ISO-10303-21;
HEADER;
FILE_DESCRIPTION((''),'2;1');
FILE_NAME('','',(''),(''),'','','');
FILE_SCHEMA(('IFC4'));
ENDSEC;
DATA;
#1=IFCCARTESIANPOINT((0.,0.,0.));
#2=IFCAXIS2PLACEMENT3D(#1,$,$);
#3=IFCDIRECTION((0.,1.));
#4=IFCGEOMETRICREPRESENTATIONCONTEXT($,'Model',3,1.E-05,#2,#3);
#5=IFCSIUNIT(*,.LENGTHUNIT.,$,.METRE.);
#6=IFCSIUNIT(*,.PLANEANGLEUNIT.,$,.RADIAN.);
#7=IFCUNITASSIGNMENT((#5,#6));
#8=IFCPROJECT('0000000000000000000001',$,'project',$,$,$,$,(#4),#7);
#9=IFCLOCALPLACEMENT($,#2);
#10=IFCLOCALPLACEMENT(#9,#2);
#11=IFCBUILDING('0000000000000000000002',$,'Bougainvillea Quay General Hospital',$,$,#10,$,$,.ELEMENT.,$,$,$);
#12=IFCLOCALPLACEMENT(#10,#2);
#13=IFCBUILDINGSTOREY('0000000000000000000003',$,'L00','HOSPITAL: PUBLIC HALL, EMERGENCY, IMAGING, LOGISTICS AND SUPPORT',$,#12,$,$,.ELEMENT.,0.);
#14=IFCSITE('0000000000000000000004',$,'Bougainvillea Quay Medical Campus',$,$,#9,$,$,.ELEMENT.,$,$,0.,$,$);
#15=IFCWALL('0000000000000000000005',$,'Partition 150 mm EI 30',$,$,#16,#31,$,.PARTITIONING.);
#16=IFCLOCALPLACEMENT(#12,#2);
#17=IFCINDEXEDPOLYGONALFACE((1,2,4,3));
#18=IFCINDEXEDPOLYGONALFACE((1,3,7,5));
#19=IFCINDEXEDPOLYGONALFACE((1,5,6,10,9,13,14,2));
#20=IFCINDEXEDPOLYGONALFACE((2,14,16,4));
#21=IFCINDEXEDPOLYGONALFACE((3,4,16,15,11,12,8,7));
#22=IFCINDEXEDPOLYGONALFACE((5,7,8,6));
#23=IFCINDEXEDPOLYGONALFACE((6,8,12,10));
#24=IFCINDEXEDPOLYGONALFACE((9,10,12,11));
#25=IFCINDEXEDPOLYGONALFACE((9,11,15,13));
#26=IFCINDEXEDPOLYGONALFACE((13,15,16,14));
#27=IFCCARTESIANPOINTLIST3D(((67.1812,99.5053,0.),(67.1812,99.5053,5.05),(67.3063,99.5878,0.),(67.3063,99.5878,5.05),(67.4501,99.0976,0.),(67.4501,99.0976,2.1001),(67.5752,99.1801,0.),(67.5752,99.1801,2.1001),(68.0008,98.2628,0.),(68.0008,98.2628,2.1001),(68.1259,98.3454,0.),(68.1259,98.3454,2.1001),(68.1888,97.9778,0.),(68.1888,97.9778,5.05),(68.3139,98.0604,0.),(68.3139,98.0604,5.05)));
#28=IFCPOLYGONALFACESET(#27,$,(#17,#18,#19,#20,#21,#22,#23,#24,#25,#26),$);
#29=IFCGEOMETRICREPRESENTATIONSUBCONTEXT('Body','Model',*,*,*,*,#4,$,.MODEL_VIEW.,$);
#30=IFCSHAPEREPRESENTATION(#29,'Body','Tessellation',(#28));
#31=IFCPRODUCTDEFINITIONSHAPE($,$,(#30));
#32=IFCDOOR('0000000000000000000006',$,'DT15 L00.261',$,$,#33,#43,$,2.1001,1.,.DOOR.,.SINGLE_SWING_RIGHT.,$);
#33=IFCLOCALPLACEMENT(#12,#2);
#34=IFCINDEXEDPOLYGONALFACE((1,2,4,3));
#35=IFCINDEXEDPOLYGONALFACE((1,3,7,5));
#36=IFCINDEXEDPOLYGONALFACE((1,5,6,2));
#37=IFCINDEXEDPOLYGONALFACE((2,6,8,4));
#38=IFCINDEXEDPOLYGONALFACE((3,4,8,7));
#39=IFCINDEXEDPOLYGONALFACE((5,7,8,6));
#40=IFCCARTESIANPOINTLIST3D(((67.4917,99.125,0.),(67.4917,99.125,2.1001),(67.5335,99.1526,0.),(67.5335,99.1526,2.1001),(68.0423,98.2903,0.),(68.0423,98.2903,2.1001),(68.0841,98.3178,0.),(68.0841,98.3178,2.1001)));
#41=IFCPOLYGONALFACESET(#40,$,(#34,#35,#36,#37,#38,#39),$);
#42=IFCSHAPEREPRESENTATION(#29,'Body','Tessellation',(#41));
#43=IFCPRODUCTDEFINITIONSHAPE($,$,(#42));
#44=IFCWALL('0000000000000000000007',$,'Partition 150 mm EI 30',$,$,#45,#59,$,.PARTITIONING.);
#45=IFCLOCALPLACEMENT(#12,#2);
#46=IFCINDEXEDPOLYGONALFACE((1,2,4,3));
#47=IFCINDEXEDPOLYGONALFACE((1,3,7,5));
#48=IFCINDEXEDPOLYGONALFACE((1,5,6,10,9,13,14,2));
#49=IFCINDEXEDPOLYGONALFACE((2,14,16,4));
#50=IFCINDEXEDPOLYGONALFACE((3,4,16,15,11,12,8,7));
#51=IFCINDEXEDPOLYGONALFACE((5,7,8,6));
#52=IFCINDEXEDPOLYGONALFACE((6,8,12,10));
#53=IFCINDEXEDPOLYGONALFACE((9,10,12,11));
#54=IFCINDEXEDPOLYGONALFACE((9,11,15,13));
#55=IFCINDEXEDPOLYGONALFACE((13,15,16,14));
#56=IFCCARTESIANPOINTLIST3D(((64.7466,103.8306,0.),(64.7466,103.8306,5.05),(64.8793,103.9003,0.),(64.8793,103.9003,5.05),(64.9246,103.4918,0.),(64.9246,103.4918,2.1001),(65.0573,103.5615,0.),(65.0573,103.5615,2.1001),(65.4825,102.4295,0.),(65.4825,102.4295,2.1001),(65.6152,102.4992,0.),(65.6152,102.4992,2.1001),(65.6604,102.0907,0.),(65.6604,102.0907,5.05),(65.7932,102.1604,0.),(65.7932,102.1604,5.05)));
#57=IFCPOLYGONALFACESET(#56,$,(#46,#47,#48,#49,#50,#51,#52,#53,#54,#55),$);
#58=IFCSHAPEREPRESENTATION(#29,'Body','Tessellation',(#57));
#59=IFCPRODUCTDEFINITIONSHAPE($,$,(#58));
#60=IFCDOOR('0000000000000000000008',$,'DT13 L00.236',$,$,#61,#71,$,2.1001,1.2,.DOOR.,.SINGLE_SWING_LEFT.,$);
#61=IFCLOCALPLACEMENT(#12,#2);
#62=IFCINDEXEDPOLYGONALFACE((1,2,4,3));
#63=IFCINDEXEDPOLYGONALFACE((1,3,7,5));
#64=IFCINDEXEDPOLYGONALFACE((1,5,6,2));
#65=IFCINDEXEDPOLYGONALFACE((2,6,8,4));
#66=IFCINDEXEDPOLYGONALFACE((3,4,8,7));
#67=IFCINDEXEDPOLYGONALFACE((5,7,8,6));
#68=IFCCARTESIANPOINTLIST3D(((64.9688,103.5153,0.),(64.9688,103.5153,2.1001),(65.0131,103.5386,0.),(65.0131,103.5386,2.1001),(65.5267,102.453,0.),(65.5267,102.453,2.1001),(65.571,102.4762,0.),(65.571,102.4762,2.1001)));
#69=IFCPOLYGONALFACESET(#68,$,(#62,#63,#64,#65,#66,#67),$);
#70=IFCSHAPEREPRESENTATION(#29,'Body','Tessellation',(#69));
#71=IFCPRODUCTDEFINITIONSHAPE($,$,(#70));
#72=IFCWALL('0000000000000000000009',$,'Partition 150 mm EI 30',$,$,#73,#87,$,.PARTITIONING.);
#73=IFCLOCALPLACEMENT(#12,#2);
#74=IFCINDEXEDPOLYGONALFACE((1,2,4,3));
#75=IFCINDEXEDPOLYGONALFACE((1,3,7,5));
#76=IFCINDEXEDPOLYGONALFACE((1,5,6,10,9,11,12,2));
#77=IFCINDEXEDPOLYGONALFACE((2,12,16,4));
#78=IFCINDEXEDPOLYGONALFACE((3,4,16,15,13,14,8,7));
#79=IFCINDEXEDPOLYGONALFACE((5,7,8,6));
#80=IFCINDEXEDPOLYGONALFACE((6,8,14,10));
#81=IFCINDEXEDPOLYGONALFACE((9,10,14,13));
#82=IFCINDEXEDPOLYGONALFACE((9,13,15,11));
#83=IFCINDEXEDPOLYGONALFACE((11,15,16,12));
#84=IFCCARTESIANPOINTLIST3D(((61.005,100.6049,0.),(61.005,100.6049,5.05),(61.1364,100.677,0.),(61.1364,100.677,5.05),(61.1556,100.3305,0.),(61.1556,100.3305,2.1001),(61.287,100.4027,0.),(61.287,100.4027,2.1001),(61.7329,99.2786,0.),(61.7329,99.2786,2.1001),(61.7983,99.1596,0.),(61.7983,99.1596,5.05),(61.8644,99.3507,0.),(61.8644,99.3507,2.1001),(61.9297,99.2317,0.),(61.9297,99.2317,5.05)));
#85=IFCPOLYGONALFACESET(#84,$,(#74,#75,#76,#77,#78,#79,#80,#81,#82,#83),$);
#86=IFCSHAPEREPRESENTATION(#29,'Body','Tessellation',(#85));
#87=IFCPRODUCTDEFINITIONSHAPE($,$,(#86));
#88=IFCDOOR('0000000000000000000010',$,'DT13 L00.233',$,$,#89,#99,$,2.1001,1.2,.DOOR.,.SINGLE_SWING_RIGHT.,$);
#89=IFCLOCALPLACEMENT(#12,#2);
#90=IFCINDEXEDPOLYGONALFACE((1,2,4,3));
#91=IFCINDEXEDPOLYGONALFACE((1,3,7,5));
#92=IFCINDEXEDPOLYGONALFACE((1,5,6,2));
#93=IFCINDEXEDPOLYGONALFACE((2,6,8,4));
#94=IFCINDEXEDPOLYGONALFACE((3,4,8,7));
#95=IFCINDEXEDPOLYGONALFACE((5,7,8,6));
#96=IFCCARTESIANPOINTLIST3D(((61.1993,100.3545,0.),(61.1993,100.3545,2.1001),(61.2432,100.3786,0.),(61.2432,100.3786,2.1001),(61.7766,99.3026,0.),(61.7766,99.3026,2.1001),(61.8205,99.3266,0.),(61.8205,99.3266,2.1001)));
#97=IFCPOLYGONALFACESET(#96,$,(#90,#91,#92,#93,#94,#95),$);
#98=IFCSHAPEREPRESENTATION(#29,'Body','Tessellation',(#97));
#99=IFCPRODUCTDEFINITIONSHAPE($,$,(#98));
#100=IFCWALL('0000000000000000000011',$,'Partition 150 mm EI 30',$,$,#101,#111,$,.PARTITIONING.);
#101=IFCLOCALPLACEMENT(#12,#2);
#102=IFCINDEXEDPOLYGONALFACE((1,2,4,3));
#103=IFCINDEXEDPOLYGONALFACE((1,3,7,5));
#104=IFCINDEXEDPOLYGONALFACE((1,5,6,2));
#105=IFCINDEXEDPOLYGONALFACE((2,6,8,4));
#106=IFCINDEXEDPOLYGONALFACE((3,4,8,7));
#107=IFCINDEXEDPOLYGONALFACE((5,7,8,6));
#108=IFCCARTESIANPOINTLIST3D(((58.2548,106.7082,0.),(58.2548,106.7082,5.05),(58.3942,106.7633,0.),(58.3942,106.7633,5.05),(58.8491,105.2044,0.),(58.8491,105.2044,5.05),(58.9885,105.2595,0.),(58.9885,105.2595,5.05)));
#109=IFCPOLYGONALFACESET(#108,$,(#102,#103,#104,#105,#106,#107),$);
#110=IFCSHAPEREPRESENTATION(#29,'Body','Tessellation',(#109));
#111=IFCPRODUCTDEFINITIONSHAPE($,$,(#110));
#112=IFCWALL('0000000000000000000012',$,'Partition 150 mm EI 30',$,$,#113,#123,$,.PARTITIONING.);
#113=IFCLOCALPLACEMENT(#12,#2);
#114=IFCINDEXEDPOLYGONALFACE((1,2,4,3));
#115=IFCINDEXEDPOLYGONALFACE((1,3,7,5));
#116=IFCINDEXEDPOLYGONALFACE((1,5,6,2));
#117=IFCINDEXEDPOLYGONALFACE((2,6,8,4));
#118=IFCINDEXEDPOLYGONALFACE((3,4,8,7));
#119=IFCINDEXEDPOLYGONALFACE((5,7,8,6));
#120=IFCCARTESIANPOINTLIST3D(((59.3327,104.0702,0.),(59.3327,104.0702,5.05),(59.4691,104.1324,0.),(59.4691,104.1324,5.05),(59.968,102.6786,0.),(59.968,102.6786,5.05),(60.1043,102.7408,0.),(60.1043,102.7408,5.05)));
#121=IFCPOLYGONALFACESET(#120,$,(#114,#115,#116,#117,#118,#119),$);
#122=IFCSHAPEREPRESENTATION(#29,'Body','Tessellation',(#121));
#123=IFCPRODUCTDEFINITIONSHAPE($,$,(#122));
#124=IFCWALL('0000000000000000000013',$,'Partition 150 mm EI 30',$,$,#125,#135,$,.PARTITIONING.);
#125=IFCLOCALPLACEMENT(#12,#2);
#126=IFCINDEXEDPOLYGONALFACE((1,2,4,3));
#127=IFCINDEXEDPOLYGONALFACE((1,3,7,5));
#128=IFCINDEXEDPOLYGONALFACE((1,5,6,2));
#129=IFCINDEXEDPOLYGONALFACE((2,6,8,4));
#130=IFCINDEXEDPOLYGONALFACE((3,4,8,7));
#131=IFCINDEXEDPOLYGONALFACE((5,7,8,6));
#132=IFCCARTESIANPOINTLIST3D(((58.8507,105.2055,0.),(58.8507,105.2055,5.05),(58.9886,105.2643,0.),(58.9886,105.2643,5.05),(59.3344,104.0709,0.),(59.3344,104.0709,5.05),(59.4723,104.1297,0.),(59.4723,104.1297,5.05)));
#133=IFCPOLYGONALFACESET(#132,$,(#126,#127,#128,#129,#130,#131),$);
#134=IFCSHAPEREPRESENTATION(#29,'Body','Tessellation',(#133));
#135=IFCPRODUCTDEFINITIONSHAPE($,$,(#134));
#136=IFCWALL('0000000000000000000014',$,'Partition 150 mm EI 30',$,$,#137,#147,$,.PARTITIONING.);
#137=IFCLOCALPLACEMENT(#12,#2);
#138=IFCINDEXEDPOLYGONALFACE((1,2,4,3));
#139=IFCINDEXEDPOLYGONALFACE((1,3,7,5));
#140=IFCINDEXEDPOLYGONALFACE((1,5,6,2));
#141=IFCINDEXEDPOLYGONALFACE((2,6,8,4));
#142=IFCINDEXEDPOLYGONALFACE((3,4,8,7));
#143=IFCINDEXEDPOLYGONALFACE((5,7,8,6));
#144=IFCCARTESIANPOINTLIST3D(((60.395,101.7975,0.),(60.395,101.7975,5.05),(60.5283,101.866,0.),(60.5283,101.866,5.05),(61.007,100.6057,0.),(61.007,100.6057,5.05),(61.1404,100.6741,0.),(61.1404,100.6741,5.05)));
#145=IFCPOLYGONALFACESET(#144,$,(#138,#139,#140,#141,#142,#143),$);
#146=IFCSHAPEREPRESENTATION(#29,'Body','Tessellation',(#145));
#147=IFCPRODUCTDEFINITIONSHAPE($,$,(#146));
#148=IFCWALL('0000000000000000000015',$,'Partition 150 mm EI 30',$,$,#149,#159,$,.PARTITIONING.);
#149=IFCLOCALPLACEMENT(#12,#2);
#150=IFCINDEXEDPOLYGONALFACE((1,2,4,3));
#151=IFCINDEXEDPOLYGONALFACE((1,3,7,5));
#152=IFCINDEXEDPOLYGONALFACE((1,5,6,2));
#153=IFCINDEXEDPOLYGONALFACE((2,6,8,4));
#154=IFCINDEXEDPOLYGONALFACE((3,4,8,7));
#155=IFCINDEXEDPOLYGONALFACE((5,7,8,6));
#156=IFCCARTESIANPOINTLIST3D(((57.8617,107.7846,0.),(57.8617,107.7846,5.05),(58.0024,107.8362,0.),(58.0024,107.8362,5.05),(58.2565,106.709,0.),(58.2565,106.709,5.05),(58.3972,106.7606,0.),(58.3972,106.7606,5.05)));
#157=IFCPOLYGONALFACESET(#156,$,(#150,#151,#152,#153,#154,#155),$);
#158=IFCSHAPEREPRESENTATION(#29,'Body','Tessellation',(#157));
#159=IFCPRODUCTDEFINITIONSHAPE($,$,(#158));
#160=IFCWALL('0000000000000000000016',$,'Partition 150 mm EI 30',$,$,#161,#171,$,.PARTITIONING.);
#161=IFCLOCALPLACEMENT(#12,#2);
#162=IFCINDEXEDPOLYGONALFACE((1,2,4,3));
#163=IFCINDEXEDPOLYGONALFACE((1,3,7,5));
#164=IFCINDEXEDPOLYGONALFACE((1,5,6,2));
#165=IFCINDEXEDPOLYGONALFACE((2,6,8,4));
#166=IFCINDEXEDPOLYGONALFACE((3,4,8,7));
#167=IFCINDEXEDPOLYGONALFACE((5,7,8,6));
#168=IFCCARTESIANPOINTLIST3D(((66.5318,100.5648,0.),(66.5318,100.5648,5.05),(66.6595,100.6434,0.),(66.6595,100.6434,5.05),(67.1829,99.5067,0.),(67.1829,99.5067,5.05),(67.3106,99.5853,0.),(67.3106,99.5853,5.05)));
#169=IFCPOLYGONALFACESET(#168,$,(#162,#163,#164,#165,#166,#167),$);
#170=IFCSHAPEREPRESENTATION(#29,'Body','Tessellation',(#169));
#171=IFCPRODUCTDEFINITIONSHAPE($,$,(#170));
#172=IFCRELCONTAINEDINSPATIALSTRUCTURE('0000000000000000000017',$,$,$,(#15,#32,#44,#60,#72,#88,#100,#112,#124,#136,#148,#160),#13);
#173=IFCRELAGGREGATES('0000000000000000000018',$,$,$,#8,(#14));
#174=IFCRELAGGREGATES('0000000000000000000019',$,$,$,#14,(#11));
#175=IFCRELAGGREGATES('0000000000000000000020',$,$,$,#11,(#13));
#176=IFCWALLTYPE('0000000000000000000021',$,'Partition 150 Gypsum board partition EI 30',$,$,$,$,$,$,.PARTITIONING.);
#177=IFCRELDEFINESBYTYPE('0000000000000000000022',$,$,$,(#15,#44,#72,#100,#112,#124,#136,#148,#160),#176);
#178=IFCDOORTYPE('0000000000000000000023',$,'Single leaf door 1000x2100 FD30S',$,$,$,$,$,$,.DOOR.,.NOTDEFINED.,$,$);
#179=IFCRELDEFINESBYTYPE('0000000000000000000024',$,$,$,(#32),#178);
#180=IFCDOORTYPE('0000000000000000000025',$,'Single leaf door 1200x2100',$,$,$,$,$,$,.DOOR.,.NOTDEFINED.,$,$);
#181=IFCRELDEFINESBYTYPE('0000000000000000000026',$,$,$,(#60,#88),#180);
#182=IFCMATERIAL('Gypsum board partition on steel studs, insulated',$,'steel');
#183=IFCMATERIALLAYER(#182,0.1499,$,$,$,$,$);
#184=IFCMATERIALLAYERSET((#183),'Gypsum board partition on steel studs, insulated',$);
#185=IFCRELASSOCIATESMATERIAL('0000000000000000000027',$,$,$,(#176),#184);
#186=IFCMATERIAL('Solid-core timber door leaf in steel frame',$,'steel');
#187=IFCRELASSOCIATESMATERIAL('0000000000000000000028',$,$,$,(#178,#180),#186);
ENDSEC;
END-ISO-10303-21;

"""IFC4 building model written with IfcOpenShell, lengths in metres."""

from ifc_helpers import new_model, si_unit, direction, frame, frame_2d, origin, place, context, subcontext, project, spatial, rectangle, extrude, material, layer, layer_set, type_object, element, fill, save


model = new_model("IFC4")

# Units and contexts
model_context = context("Model", 3, precision=1e-05, world=origin(), true_north=direction((0.0, 1.0)))
body_context = subcontext(model_context, "Body", "Model", "MODEL_VIEW")
ifc_project = project(units=[si_unit("LENGTHUNIT", "METRE"), si_unit("PLANEANGLEUNIT", "RADIAN")], contexts=[model_context])

# Site, building, storey
site_placement = place(None, origin())
site = spatial("IfcSite", under=ifc_project, at=site_placement, Name="Bougainvillea Quay Medical Campus", CompositionType="ELEMENT", RefElevation=0.0)
building_placement = place(site_placement, origin())
building = spatial("IfcBuilding", under=site, at=building_placement, Name="Bougainvillea Quay General Hospital", CompositionType="ELEMENT")
storey_placement = place(building_placement, origin())
storey = spatial("IfcBuildingStorey", under=building, at=storey_placement, Name="L00", Description="HOSPITAL: PUBLIC HALL, EMERGENCY, IMAGING, LOGISTICS AND SUPPORT", CompositionType="ELEMENT", Elevation=0.0)

# Walls, openings, doors
ifc_material_1 = material(Name="Gypsum board partition on steel studs, insulated", Category="steel")
ifc_layer_1 = layer(ifc_material_1, 0.1499)
ifc_layer_set_1 = layer_set([ifc_layer_1], Name="Gypsum board partition on steel studs, insulated")
wall_type_1 = type_object("IfcWallType", Name="Partition 150 Gypsum board partition EI 30", PredefinedType="PARTITIONING", material=ifc_layer_set_1)
wall_1_placement = place(storey_placement, frame((67.2437, 99.5466, 0.0), z_axis=(0.0, 0.0, 1.0), x_axis=(0.55066, -0.83473, 0.0)))
wall_1 = element("IfcWall", 1, at=wall_1_placement, inside=storey, type_object=wall_type_1, Name="Partition 150 mm EI 30", PredefinedType="PARTITIONING", context=body_context, shape_type="SweptSolid", body=[
    extrude(rectangle(XDim=1.8298, YDim=0.1499, at=frame_2d((0.915, 0.0))), origin(), (0.0, 0.0, 1.0), 5.05),
])
opening_1_placement = place(wall_1_placement, frame((0.4885, 0.0, 0.0)))
opening_1 = element("IfcOpeningElement", 2, at=opening_1_placement, cuts=wall_1, PredefinedType="OPENING", context=body_context, shape_type="SweptSolid", body=[
    extrude(rectangle(XDim=1.0, YDim=2.1001, at=frame_2d((0.5, 1.05))), frame((0.0, 0.085, 0.0), z_axis=(0.0, -1.0, 0.0), x_axis=(1.0, 0.0, 0.0)), (0.0, 0.0, 1.0), 0.1699),
])
ifc_material_2 = material(Name="Solid-core timber door leaf in steel frame", Category="steel")
door_type_1 = type_object("IfcDoorType", Name="Single leaf door 1000x2100 FD30S", OperationType="NOTDEFINED", PredefinedType="DOOR", material=ifc_material_2)
door_1_placement = place(opening_1_placement, origin())
door_1 = element("IfcDoor", 3, at=door_1_placement, inside=storey, type_object=door_type_1, Name="DT15 L00.261", OperationType="SINGLE_SWING_RIGHT", OverallHeight=2.1001, OverallWidth=1.0, PredefinedType="DOOR", context=body_context, shape_type="SweptSolid", body=[
    extrude(rectangle(XDim=1.0, YDim=2.1001, at=frame_2d((0.5, 1.05))), frame((0.0, 0.0249, 0.0), z_axis=(0.0, -1.0, 0.0), x_axis=(1.0, 0.0, 0.0)), (0.0, 0.0, 1.0), 0.05),
])
fill(opening_1, door_1)
wall_2_placement = place(storey_placement, frame((64.813, 103.8655, 0.0), z_axis=(0.0, 0.0, 1.0), x_axis=(0.464963, -0.88533, 0.0)))
wall_2 = element("IfcWall", 4, at=wall_2_placement, inside=storey, type_object=wall_type_1, Name="Partition 150 mm EI 30", PredefinedType="PARTITIONING", context=body_context, shape_type="SweptSolid", body=[
    extrude(rectangle(XDim=1.9653, YDim=0.1499, at=frame_2d((0.9827, 0.0))), origin(), (0.0, 0.0, 1.0), 5.05),
])
opening_2_placement = place(wall_2_placement, frame((0.3826, 0.0, 0.0)))
opening_2 = element("IfcOpeningElement", 5, at=opening_2_placement, cuts=wall_2, PredefinedType="OPENING", context=body_context, shape_type="SweptSolid", body=[
    extrude(rectangle(XDim=1.2, YDim=2.1001, at=frame_2d((0.6001, 1.05))), frame((0.0, 0.085, 0.0), z_axis=(0.0, -1.0, 0.0), x_axis=(1.0, 0.0, 0.0)), (0.0, 0.0, 1.0), 0.1699),
])
door_type_2 = type_object("IfcDoorType", Name="Single leaf door 1200x2100", OperationType="NOTDEFINED", PredefinedType="DOOR", material=ifc_material_2)
door_2_placement = place(opening_2_placement, frame((1.2, 0.0, 0.0), z_axis=(0.0, 0.0, 1.0), x_axis=(-1.0, 0.0, 0.0)))
door_2 = element("IfcDoor", 6, at=door_2_placement, inside=storey, type_object=door_type_2, Name="DT13 L00.236", OperationType="SINGLE_SWING_LEFT", OverallHeight=2.1001, OverallWidth=1.2, PredefinedType="DOOR", context=body_context, shape_type="SweptSolid", body=[
    extrude(rectangle(XDim=1.2, YDim=2.1001, at=frame_2d((0.6001, 1.05))), frame((0.0, 0.0249, 0.0), z_axis=(0.0, -1.0, 0.0), x_axis=(1.0, 0.0, 0.0)), (0.0, 0.0, 1.0), 0.05),
])
fill(opening_2, door_2)
wall_3_placement = place(storey_placement, frame((61.0708, 100.6409, 0.0), z_axis=(0.0, 0.0, 1.0), x_axis=(0.481123, -0.876653, 0.0)))
wall_3 = element("IfcWall", 7, at=wall_3_placement, inside=storey, type_object=wall_type_1, Name="Partition 150 mm EI 30", PredefinedType="PARTITIONING", context=body_context, shape_type="SweptSolid", body=[
    extrude(rectangle(XDim=1.6487, YDim=0.1499, at=frame_2d((0.8242, 0.0))), origin(), (0.0, 0.0, 1.0), 5.05),
])
opening_3_placement = place(wall_3_placement, frame((0.3127, 0.0, 0.0)))
opening_3 = element("IfcOpeningElement", 8, at=opening_3_placement, cuts=wall_3, PredefinedType="OPENING", context=body_context, shape_type="SweptSolid", body=[
    extrude(rectangle(XDim=1.2, YDim=2.1001, at=frame_2d((0.6001, 1.05))), frame((0.0, 0.085, 0.0), z_axis=(0.0, -1.0, 0.0), x_axis=(1.0, 0.0, 0.0)), (0.0, 0.0, 1.0), 0.1699),
])
door_3_placement = place(opening_3_placement, origin())
door_3 = element("IfcDoor", 9, at=door_3_placement, inside=storey, type_object=door_type_2, Name="DT13 L00.233", OperationType="SINGLE_SWING_RIGHT", OverallHeight=2.1001, OverallWidth=1.2, PredefinedType="DOOR", context=body_context, shape_type="SweptSolid", body=[
    extrude(rectangle(XDim=1.2, YDim=2.1001, at=frame_2d((0.6001, 1.05))), frame((0.0, 0.0249, 0.0), z_axis=(0.0, -1.0, 0.0), x_axis=(1.0, 0.0, 0.0)), (0.0, 0.0, 1.0), 0.05),
])
fill(opening_3, door_3)

# Walls
wall_4_placement = place(storey_placement, frame((58.3245, 106.7358, 0.0), z_axis=(0.0, 0.0, 1.0), x_axis=(0.367534, -0.93001, 0.0)))
element("IfcWall", 10, at=wall_4_placement, inside=storey, type_object=wall_type_1, Name="Partition 150 mm EI 30", PredefinedType="PARTITIONING", context=body_context, shape_type="SweptSolid", body=[
    extrude(rectangle(XDim=1.6169, YDim=0.1499, at=frame_2d((0.8086, 0.0))), origin(), (0.0, 0.0, 1.0), 5.05),
])
wall_5_placement = place(storey_placement, frame((59.4009, 104.1013, 0.0), z_axis=(0.0, 0.0, 1.0), x_axis=(0.415269, -0.909698, 0.0)))
element("IfcWall", 11, at=wall_5_placement, inside=storey, type_object=wall_type_1, Name="Partition 150 mm EI 30", PredefinedType="PARTITIONING", context=body_context, shape_type="SweptSolid", body=[
    extrude(rectangle(XDim=1.5298, YDim=0.1499, at=frame_2d((0.7649, 0.0))), origin(), (0.0, 0.0, 1.0), 5.05),
])
wall_6_placement = place(storey_placement, frame((58.9197, 105.2349, 0.0), z_axis=(0.0, 0.0, 1.0), x_axis=(0.392151, -0.919901, 0.0)))
element("IfcWall", 12, at=wall_6_placement, inside=storey, type_object=wall_type_1, Name="Partition 150 mm EI 30", PredefinedType="PARTITIONING", context=body_context, shape_type="SweptSolid", body=[
    extrude(rectangle(XDim=1.2334, YDim=0.1499, at=frame_2d((0.6167, 0.0))), origin(), (0.0, 0.0, 1.0), 5.05),
])
wall_7_placement = place(storey_placement, frame((60.4617, 101.8318, 0.0), z_axis=(0.0, 0.0, 1.0), x_axis=(0.456809, -0.889565, 0.0)))
element("IfcWall", 13, at=wall_7_placement, inside=storey, type_object=wall_type_1, Name="Partition 150 mm EI 30", PredefinedType="PARTITIONING", context=body_context, shape_type="SweptSolid", body=[
    extrude(rectangle(XDim=1.3398, YDim=0.1499, at=frame_2d((0.6699, 0.0))), origin(), (0.0, 0.0, 1.0), 5.05),
])
wall_8_placement = place(storey_placement, frame((57.9321, 107.8103, 0.0), z_axis=(0.0, 0.0, 1.0), x_axis=(0.34453, -0.938775, 0.0)))
element("IfcWall", 14, at=wall_8_placement, inside=storey, type_object=wall_type_1, Name="Partition 150 mm EI 30", PredefinedType="PARTITIONING", context=body_context, shape_type="SweptSolid", body=[
    extrude(rectangle(XDim=1.1458, YDim=0.1499, at=frame_2d((0.5728, 0.0))), origin(), (0.0, 0.0, 1.0), 5.05),
])
wall_9_placement = place(storey_placement, frame((66.5957, 100.604, 0.0), z_axis=(0.0, 0.0, 1.0), x_axis=(0.524086, -0.851665, 0.0)))
element("IfcWall", 15, at=wall_9_placement, inside=storey, type_object=wall_type_1, Name="Partition 150 mm EI 30", PredefinedType="PARTITIONING", context=body_context, shape_type="SweptSolid", body=[
    extrude(rectangle(XDim=1.2424, YDim=0.1499, at=frame_2d((0.6211, 0.0))), origin(), (0.0, 0.0, 1.0), 5.05),
])

save(model, "model.ifc")
